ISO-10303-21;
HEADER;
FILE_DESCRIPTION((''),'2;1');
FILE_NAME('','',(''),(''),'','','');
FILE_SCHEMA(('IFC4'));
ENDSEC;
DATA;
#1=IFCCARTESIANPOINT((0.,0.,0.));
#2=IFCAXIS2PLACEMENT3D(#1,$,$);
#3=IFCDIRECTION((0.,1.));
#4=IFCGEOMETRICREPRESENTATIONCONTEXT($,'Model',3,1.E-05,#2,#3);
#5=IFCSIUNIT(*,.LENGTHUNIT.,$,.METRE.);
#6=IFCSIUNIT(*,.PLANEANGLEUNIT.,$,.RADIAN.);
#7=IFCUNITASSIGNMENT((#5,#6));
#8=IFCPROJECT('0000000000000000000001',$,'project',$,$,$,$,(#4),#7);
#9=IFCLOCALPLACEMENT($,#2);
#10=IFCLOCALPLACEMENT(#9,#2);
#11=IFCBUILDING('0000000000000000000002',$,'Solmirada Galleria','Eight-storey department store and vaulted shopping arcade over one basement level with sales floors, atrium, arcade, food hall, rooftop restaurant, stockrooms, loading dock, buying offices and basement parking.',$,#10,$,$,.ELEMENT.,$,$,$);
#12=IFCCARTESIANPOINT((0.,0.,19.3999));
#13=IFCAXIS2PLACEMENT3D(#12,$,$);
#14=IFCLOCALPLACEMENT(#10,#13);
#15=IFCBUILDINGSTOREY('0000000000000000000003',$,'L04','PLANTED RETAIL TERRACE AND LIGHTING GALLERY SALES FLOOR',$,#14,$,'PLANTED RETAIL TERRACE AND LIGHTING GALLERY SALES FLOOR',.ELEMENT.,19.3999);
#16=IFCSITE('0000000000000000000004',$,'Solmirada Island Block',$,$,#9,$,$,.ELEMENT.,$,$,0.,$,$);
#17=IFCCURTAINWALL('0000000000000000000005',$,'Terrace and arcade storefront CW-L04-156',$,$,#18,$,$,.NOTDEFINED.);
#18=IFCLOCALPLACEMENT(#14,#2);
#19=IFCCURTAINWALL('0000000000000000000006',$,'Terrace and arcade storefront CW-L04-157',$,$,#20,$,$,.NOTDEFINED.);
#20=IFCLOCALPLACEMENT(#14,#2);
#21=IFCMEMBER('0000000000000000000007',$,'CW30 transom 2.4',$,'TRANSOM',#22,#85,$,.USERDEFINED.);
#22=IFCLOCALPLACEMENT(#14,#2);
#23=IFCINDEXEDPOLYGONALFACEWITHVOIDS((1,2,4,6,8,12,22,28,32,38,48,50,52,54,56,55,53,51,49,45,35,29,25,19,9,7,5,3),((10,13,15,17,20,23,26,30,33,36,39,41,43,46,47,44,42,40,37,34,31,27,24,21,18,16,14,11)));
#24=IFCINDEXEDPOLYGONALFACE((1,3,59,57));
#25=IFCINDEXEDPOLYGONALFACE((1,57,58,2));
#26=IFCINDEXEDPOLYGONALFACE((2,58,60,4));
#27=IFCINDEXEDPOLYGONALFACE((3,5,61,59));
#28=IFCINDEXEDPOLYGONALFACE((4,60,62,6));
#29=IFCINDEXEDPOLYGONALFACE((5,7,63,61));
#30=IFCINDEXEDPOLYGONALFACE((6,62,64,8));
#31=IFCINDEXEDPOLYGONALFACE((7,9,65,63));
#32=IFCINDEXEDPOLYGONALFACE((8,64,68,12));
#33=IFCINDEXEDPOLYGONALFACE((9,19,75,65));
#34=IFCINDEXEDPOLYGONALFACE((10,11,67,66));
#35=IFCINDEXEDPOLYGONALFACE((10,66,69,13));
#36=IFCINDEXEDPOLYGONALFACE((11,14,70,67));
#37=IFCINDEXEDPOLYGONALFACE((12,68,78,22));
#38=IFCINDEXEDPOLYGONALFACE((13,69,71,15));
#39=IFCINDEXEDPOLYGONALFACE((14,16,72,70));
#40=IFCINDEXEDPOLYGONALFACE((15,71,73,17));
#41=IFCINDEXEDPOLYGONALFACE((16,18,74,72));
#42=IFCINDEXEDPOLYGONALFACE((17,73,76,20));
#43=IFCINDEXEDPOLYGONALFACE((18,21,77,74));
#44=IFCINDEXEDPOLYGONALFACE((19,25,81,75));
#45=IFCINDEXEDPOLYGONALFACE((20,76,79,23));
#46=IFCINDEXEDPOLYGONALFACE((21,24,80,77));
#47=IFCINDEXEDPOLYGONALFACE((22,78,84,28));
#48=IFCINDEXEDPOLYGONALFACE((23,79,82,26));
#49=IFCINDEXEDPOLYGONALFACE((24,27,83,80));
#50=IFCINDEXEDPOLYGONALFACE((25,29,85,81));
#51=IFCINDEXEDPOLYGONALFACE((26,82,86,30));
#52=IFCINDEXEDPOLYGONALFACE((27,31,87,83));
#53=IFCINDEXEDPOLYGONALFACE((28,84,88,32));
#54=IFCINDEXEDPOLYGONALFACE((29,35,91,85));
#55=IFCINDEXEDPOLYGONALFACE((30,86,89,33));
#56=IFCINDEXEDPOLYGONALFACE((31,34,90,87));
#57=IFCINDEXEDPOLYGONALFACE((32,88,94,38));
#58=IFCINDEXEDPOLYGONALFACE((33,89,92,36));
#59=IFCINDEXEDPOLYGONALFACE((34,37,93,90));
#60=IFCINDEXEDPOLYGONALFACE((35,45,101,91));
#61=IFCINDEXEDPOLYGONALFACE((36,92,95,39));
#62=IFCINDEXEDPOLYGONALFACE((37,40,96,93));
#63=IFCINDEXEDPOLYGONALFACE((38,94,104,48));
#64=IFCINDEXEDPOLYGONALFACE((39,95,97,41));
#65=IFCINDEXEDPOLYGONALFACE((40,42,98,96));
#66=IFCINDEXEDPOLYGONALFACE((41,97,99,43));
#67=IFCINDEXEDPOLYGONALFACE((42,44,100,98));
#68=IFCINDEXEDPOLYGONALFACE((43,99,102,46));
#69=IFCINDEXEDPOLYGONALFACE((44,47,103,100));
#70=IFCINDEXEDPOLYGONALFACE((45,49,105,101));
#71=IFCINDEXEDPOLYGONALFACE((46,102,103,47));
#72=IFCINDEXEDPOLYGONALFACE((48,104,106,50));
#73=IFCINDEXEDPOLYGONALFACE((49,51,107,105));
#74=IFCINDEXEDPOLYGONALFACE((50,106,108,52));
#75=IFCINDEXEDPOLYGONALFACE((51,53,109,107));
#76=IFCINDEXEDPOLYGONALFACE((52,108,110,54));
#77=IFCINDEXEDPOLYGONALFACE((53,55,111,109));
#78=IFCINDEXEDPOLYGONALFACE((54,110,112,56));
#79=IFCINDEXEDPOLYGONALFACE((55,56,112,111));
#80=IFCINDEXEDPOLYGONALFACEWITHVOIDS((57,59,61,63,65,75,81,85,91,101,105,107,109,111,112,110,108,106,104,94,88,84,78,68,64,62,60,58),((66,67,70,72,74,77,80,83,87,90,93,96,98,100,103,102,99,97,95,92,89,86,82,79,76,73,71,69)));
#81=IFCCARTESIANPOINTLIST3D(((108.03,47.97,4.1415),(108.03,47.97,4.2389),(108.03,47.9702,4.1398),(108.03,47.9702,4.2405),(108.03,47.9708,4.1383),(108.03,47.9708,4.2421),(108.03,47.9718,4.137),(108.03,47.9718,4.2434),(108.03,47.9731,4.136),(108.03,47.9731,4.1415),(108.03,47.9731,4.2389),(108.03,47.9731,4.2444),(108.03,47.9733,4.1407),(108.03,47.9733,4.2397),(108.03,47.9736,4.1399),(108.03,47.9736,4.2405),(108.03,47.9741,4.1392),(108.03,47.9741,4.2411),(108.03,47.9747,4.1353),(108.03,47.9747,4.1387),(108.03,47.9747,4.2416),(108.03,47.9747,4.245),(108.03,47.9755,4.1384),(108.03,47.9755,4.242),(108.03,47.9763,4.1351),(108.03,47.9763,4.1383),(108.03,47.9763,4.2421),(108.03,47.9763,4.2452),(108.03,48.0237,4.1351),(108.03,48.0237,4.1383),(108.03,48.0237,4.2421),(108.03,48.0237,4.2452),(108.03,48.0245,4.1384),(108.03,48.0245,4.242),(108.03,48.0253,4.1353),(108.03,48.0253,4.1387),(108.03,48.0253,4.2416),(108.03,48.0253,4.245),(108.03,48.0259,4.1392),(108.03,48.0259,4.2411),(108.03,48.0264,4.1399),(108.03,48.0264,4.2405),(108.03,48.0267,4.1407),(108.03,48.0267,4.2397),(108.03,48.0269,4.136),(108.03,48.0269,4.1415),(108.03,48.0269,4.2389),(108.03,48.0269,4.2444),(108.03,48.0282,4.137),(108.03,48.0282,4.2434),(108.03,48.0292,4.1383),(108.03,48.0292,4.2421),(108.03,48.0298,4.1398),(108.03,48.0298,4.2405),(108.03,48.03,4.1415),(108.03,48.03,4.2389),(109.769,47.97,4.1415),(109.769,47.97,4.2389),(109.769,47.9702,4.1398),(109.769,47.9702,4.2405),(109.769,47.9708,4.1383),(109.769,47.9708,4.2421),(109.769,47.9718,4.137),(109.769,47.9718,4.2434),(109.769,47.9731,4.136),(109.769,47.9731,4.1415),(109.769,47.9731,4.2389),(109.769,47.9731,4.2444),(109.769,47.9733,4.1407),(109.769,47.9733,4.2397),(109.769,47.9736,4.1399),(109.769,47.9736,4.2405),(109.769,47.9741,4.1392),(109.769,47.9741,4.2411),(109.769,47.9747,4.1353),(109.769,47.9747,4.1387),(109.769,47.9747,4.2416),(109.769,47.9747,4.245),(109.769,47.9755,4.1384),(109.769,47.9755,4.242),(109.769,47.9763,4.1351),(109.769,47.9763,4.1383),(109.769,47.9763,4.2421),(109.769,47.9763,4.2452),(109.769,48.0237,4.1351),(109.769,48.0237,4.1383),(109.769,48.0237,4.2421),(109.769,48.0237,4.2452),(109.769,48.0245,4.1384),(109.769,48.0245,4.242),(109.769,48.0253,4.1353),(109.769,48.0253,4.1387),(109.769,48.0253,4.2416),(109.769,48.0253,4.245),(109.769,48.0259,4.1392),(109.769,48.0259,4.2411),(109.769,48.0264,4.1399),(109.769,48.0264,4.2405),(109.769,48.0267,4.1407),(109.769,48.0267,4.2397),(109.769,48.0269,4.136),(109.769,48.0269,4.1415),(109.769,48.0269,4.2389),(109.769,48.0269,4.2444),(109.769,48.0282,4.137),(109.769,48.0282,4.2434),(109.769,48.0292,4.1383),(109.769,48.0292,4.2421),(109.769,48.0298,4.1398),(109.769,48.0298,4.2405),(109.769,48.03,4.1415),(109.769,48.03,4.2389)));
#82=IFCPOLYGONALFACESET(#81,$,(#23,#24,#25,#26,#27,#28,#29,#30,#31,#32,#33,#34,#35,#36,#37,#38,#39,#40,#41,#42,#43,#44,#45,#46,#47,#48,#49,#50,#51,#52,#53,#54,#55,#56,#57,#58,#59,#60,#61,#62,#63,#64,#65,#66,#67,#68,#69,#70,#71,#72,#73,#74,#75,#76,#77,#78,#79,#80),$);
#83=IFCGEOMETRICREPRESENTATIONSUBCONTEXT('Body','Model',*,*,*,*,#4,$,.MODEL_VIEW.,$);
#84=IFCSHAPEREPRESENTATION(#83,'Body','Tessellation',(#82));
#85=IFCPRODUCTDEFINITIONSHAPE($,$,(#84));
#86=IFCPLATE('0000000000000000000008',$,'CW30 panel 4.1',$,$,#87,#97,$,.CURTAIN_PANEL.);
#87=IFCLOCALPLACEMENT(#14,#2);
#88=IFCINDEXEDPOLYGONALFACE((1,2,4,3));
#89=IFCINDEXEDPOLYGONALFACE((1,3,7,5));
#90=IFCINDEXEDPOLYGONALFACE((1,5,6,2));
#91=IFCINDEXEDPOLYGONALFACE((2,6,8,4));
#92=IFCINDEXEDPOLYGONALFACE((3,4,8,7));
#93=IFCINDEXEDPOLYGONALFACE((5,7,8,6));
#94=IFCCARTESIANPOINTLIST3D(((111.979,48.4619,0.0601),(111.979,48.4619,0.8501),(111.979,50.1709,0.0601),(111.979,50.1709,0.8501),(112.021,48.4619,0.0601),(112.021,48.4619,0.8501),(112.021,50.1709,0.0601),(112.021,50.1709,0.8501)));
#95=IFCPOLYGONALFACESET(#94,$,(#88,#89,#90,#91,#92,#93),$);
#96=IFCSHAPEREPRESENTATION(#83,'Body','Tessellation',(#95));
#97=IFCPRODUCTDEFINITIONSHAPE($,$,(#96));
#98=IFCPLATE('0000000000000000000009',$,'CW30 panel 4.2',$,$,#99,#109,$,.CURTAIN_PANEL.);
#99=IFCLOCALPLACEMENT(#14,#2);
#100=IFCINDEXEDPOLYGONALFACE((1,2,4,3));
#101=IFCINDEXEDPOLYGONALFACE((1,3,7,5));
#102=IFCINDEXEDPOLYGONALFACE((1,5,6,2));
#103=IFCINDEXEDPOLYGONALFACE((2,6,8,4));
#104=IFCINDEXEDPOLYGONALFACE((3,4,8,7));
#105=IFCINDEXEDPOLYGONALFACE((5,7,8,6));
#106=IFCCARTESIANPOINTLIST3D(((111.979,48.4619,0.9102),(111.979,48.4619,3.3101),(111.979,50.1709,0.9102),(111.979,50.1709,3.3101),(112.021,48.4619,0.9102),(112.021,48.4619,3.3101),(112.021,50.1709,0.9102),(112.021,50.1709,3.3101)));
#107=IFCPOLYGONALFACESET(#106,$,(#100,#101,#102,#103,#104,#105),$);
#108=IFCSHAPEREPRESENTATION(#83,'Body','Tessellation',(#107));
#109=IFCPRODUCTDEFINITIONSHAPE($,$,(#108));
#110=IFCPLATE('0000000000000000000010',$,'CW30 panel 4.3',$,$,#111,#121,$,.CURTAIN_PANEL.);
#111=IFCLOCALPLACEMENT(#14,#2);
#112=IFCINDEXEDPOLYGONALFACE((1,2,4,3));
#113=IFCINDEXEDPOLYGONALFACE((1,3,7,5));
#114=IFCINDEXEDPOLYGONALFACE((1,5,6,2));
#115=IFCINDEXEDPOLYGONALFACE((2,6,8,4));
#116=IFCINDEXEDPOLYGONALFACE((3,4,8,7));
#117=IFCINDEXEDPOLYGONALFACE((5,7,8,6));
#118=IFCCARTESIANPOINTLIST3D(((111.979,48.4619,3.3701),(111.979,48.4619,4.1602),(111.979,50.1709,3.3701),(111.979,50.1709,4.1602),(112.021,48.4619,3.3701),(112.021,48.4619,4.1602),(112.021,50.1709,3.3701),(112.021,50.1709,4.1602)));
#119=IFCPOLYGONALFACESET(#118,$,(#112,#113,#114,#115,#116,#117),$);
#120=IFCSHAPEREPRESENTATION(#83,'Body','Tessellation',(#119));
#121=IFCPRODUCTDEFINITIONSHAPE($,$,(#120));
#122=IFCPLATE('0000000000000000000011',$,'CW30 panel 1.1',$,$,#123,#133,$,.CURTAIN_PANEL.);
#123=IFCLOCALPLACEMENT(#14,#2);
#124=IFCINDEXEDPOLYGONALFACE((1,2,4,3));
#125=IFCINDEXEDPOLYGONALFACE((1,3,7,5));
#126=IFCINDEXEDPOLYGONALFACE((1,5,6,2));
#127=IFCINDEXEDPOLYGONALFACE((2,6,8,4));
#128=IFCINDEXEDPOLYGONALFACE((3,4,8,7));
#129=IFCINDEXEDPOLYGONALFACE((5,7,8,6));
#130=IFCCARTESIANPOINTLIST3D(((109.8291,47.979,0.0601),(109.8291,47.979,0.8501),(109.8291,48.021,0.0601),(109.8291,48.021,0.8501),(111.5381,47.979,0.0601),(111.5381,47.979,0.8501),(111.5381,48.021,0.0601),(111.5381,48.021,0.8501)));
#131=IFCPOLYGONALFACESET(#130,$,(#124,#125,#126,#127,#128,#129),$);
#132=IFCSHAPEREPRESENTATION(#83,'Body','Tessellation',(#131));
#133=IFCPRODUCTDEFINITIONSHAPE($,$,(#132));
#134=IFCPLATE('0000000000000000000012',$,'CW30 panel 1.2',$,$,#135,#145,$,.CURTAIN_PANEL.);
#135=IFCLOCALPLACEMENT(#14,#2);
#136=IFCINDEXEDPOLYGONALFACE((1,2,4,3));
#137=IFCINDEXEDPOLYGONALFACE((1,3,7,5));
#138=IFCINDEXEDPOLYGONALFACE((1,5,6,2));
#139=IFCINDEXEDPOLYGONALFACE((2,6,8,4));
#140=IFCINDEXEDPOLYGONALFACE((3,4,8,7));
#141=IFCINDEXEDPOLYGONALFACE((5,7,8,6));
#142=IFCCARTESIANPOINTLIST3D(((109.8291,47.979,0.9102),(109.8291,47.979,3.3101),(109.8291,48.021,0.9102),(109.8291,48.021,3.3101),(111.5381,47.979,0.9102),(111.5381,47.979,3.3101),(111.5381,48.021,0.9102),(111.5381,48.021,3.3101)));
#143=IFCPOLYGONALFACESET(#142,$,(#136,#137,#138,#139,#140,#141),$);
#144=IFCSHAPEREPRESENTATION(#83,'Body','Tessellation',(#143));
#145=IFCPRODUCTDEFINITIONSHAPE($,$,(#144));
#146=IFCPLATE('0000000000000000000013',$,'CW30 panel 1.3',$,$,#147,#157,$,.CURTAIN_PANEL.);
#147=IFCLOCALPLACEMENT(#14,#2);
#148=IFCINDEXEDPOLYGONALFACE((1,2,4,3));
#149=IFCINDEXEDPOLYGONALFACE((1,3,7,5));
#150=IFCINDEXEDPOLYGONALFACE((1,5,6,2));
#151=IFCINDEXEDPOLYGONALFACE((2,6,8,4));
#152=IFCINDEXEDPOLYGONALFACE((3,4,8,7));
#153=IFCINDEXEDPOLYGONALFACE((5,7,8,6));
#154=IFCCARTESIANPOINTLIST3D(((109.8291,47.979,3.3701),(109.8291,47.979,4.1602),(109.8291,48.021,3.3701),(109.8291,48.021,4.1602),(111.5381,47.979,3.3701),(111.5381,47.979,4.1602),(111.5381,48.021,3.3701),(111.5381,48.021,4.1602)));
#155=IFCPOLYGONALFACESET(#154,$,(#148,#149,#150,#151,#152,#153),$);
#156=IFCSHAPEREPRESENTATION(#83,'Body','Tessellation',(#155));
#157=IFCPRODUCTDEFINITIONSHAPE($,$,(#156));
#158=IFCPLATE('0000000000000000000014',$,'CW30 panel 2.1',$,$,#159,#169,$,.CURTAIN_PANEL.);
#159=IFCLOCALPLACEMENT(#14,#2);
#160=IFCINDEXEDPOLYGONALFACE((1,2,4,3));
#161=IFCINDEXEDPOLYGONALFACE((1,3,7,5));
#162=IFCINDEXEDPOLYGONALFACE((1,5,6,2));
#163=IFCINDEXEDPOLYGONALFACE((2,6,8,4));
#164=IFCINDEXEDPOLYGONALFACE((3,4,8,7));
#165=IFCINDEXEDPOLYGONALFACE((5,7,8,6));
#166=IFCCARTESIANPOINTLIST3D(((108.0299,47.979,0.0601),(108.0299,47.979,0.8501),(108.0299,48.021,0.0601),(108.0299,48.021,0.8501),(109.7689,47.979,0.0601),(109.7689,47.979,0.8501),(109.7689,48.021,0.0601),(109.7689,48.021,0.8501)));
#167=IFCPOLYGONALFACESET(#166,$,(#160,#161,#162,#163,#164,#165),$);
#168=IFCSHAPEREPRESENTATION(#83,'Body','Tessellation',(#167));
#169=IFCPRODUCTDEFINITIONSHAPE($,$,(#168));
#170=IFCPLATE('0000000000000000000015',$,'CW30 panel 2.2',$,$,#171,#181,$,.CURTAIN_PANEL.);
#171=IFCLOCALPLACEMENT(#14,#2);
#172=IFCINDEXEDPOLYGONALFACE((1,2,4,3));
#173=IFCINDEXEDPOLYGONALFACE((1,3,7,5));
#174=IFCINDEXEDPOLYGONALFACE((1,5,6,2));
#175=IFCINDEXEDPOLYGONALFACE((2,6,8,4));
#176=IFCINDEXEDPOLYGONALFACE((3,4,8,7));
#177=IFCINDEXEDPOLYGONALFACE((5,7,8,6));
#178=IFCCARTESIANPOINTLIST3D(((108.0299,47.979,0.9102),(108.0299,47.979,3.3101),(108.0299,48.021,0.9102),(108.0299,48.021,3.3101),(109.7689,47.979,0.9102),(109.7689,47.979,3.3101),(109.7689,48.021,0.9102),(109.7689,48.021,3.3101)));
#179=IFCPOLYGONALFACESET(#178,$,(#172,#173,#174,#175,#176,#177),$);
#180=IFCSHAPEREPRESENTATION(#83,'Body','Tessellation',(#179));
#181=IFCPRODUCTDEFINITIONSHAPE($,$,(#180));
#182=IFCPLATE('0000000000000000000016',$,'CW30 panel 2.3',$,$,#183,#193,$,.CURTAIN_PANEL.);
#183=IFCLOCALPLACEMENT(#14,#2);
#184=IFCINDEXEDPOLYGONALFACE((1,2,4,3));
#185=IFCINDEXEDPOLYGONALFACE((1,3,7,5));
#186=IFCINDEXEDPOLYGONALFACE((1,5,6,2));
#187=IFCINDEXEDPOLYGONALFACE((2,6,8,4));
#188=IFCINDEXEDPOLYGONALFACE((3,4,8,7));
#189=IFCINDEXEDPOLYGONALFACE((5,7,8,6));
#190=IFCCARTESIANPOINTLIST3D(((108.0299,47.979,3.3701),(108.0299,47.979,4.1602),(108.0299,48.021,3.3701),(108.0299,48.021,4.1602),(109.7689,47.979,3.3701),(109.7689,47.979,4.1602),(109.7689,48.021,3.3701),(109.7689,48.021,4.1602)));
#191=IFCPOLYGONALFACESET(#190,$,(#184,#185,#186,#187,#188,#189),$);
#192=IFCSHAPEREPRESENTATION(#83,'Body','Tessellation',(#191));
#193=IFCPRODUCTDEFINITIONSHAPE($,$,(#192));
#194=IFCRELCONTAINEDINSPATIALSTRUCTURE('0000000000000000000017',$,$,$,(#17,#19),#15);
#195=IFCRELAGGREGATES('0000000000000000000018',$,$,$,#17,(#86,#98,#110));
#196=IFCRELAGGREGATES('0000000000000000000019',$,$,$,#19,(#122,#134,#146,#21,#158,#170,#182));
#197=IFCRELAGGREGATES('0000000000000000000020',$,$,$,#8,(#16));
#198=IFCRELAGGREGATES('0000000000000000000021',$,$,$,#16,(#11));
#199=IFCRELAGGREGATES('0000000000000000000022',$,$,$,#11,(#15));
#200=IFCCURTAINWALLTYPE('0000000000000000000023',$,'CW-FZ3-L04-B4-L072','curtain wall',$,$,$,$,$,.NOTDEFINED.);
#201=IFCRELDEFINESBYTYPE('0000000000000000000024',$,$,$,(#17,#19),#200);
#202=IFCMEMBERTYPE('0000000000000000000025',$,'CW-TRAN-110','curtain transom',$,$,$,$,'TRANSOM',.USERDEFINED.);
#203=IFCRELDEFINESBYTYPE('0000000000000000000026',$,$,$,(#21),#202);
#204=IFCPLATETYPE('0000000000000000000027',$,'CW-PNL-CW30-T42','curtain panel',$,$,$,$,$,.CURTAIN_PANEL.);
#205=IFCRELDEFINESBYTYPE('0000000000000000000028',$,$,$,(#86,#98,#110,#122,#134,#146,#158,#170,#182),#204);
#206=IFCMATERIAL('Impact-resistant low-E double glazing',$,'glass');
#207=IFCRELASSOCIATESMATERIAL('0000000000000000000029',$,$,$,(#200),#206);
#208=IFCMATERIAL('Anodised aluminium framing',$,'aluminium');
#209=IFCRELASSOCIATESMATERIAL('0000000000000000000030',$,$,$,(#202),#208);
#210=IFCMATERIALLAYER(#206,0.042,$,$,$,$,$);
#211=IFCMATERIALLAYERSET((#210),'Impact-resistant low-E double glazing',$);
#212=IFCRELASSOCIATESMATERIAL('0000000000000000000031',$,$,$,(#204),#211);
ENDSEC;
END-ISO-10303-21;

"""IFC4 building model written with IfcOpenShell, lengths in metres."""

from ifc_helpers import new_model, si_unit, direction, frame, origin, origin_2d, place, context, subcontext, project, spatial, rectangle, hollow_rectangle, extrude, material, layer, layer_set, material_profile, profile_set, type_object, element, aggregate, save


model = new_model("IFC4")

# Units and contexts
model_context = context("Model", 3, precision=1e-05, world=origin(), true_north=direction((0.0, 1.0)))
body_context = subcontext(model_context, "Body", "Model", "MODEL_VIEW")
ifc_project = project(units=[si_unit("LENGTHUNIT", "METRE"), si_unit("PLANEANGLEUNIT", "RADIAN")], contexts=[model_context])

# Site, building, storey
site_placement = place(None, origin())
site = spatial("IfcSite", under=ifc_project, at=site_placement, Name="Solmirada Island Block", CompositionType="ELEMENT", RefElevation=0.0)
building_placement = place(site_placement, origin())
building = spatial("IfcBuilding", under=site, at=building_placement, Name="Solmirada Galleria", Description="Eight-storey department store and vaulted shopping arcade over one basement level with sales floors, atrium, arcade, food hall, rooftop restaurant, stockrooms, loading dock, buying offices and basement parking.", CompositionType="ELEMENT")
storey_placement = place(building_placement, frame((0.0, 0.0, 19.3999)))
storey = spatial("IfcBuildingStorey", under=building, at=storey_placement, Name="L04", Description="PLANTED RETAIL TERRACE AND LIGHTING GALLERY SALES FLOOR", LongName="PLANTED RETAIL TERRACE AND LIGHTING GALLERY SALES FLOOR", CompositionType="ELEMENT", Elevation=19.3999)

# Curtain wall
ifc_material_1 = material(Name="Impact-resistant low-E double glazing", Category="glass")
curtain_wall_type = type_object("IfcCurtainWallType", Name="CW-FZ3-L04-B4-L072", Description="curtain wall", PredefinedType="NOTDEFINED", material=ifc_material_1)
curtain_wall_1_placement = place(storey_placement, origin())
curtain_wall_1 = element("IfcCurtainWall", 1, at=curtain_wall_1_placement, inside=storey, type_object=curtain_wall_type, Name="Terrace and arcade storefront CW-L04-156", PredefinedType="NOTDEFINED")
ifc_material_2 = material(Name="Anodised aluminium framing", Category="aluminium")

# Curtain wall
curtain_wall_2_placement = place(storey_placement, origin())
curtain_wall_2 = element("IfcCurtainWall", 2, at=curtain_wall_2_placement, inside=storey, type_object=curtain_wall_type, Name="Terrace and arcade storefront CW-L04-157", PredefinedType="NOTDEFINED")

# Member
ifc_material_profile_1 = material_profile(ifc_material_2, hollow_rectangle(XDim=0.0601, YDim=0.1101, WallThickness=0.0032, InnerFilletRadius=0.0032, OuterFilletRadius=0.0063, at=origin_2d()), Name="ALU-TRAN-110X60")
ifc_profile_set_1 = profile_set([ifc_material_profile_1], Name="Anodised aluminium framing")
member_type_1 = type_object("IfcMemberType", Name="CW-TRAN-110", Description="curtain transom", ElementType="TRANSOM", PredefinedType="USERDEFINED", material=ifc_profile_set_1)
member_1_placement = place(storey_placement, frame((109.769, 48.0, 4.1902), z_axis=(-1.0, 0.0, 0.0), x_axis=(0.0, -1.0, 0.0)))
member_1 = element("IfcMember", 3, at=member_1_placement, type_object=member_type_1, Name="CW30 transom 2.4", ObjectType="TRANSOM", PredefinedType="USERDEFINED", context=body_context, shape_type="SweptSolid", body=[
    extrude(hollow_rectangle(XDim=0.0601, YDim=0.1101, WallThickness=0.0032, InnerFilletRadius=0.0032, OuterFilletRadius=0.0063, at=origin_2d()), origin(), (0.0, 0.0, 1.0), 1.739),
])

# Plates
ifc_layer = layer(ifc_material_1, 0.042)
ifc_layer_set = layer_set([ifc_layer], Name="Impact-resistant low-E double glazing")
plate_type = type_object("IfcPlateType", Name="CW-PNL-CW30-T42", Description="curtain panel", PredefinedType="CURTAIN_PANEL", material=ifc_layer_set)
plate_1_placement = place(storey_placement, frame((112.0, 49.3164, 0.0601), z_axis=(0.0, 0.0, 1.0), x_axis=(0.0, -1.0, 0.0)))
plate_1 = element("IfcPlate", 4, at=plate_1_placement, type_object=plate_type, Name="CW30 panel 4.1", PredefinedType="CURTAIN_PANEL", context=body_context, shape_type="SweptSolid", body=[
    extrude(rectangle(XDim=1.709, YDim=0.042, at=origin_2d()), origin(), (0.0, 0.0, 1.0), 0.79),
])
plate_2_placement = place(storey_placement, frame((112.0, 49.3164, 0.9102), z_axis=(0.0, 0.0, 1.0), x_axis=(0.0, -1.0, 0.0)))
plate_2 = element("IfcPlate", 5, at=plate_2_placement, type_object=plate_type, Name="CW30 panel 4.2", PredefinedType="CURTAIN_PANEL", context=body_context, shape_type="SweptSolid", body=[
    extrude(rectangle(XDim=1.709, YDim=0.042, at=origin_2d()), origin(), (0.0, 0.0, 1.0), 2.3999),
])
plate_3_placement = place(storey_placement, frame((112.0, 49.3164, 3.3701), z_axis=(0.0, 0.0, 1.0), x_axis=(0.0, -1.0, 0.0)))
plate_3 = element("IfcPlate", 6, at=plate_3_placement, type_object=plate_type, Name="CW30 panel 4.3", PredefinedType="CURTAIN_PANEL", context=body_context, shape_type="SweptSolid", body=[
    extrude(rectangle(XDim=1.709, YDim=0.042, at=origin_2d()), origin(), (0.0, 0.0, 1.0), 0.79),
])
aggregate(curtain_wall_1, [plate_1, plate_2, plate_3])
plate_4_placement = place(storey_placement, frame((110.6836, 48.0, 0.0601), z_axis=(0.0, 0.0, 1.0), x_axis=(-1.0, 0.0, 0.0)))
plate_4 = element("IfcPlate", 7, at=plate_4_placement, type_object=plate_type, Name="CW30 panel 1.1", PredefinedType="CURTAIN_PANEL", context=body_context, shape_type="SweptSolid", body=[
    extrude(rectangle(XDim=1.709, YDim=0.042, at=origin_2d()), origin(), (0.0, 0.0, 1.0), 0.79),
])
plate_5_placement = place(storey_placement, frame((110.6836, 48.0, 0.9102), z_axis=(0.0, 0.0, 1.0), x_axis=(-1.0, 0.0, 0.0)))
plate_5 = element("IfcPlate", 8, at=plate_5_placement, type_object=plate_type, Name="CW30 panel 1.2", PredefinedType="CURTAIN_PANEL", context=body_context, shape_type="SweptSolid", body=[
    extrude(rectangle(XDim=1.709, YDim=0.042, at=origin_2d()), origin(), (0.0, 0.0, 1.0), 2.3999),
])
plate_6_placement = place(storey_placement, frame((110.6836, 48.0, 3.3701), z_axis=(0.0, 0.0, 1.0), x_axis=(-1.0, 0.0, 0.0)))
plate_6 = element("IfcPlate", 9, at=plate_6_placement, type_object=plate_type, Name="CW30 panel 1.3", PredefinedType="CURTAIN_PANEL", context=body_context, shape_type="SweptSolid", body=[
    extrude(rectangle(XDim=1.709, YDim=0.042, at=origin_2d()), origin(), (0.0, 0.0, 1.0), 0.79),
])
plate_7_placement = place(storey_placement, frame((108.8994, 48.0, 0.0601), z_axis=(0.0, 0.0, 1.0), x_axis=(-1.0, 0.0, 0.0)))
plate_7 = element("IfcPlate", 10, at=plate_7_placement, type_object=plate_type, Name="CW30 panel 2.1", PredefinedType="CURTAIN_PANEL", context=body_context, shape_type="SweptSolid", body=[
    extrude(rectangle(XDim=1.739, YDim=0.042, at=origin_2d()), origin(), (0.0, 0.0, 1.0), 0.79),
])
plate_8_placement = place(storey_placement, frame((108.8994, 48.0, 0.9102), z_axis=(0.0, 0.0, 1.0), x_axis=(-1.0, 0.0, 0.0)))
plate_8 = element("IfcPlate", 11, at=plate_8_placement, type_object=plate_type, Name="CW30 panel 2.2", PredefinedType="CURTAIN_PANEL", context=body_context, shape_type="SweptSolid", body=[
    extrude(rectangle(XDim=1.739, YDim=0.042, at=origin_2d()), origin(), (0.0, 0.0, 1.0), 2.3999),
])
plate_9_placement = place(storey_placement, frame((108.8994, 48.0, 3.3701), z_axis=(0.0, 0.0, 1.0), x_axis=(-1.0, 0.0, 0.0)))
plate_9 = element("IfcPlate", 12, at=plate_9_placement, type_object=plate_type, Name="CW30 panel 2.3", PredefinedType="CURTAIN_PANEL", context=body_context, shape_type="SweptSolid", body=[
    extrude(rectangle(XDim=1.739, YDim=0.042, at=origin_2d()), origin(), (0.0, 0.0, 1.0), 0.79),
])
aggregate(curtain_wall_2, [plate_4, plate_5, plate_6, member_1, plate_7, plate_8, plate_9])

save(model, "model.ifc")
